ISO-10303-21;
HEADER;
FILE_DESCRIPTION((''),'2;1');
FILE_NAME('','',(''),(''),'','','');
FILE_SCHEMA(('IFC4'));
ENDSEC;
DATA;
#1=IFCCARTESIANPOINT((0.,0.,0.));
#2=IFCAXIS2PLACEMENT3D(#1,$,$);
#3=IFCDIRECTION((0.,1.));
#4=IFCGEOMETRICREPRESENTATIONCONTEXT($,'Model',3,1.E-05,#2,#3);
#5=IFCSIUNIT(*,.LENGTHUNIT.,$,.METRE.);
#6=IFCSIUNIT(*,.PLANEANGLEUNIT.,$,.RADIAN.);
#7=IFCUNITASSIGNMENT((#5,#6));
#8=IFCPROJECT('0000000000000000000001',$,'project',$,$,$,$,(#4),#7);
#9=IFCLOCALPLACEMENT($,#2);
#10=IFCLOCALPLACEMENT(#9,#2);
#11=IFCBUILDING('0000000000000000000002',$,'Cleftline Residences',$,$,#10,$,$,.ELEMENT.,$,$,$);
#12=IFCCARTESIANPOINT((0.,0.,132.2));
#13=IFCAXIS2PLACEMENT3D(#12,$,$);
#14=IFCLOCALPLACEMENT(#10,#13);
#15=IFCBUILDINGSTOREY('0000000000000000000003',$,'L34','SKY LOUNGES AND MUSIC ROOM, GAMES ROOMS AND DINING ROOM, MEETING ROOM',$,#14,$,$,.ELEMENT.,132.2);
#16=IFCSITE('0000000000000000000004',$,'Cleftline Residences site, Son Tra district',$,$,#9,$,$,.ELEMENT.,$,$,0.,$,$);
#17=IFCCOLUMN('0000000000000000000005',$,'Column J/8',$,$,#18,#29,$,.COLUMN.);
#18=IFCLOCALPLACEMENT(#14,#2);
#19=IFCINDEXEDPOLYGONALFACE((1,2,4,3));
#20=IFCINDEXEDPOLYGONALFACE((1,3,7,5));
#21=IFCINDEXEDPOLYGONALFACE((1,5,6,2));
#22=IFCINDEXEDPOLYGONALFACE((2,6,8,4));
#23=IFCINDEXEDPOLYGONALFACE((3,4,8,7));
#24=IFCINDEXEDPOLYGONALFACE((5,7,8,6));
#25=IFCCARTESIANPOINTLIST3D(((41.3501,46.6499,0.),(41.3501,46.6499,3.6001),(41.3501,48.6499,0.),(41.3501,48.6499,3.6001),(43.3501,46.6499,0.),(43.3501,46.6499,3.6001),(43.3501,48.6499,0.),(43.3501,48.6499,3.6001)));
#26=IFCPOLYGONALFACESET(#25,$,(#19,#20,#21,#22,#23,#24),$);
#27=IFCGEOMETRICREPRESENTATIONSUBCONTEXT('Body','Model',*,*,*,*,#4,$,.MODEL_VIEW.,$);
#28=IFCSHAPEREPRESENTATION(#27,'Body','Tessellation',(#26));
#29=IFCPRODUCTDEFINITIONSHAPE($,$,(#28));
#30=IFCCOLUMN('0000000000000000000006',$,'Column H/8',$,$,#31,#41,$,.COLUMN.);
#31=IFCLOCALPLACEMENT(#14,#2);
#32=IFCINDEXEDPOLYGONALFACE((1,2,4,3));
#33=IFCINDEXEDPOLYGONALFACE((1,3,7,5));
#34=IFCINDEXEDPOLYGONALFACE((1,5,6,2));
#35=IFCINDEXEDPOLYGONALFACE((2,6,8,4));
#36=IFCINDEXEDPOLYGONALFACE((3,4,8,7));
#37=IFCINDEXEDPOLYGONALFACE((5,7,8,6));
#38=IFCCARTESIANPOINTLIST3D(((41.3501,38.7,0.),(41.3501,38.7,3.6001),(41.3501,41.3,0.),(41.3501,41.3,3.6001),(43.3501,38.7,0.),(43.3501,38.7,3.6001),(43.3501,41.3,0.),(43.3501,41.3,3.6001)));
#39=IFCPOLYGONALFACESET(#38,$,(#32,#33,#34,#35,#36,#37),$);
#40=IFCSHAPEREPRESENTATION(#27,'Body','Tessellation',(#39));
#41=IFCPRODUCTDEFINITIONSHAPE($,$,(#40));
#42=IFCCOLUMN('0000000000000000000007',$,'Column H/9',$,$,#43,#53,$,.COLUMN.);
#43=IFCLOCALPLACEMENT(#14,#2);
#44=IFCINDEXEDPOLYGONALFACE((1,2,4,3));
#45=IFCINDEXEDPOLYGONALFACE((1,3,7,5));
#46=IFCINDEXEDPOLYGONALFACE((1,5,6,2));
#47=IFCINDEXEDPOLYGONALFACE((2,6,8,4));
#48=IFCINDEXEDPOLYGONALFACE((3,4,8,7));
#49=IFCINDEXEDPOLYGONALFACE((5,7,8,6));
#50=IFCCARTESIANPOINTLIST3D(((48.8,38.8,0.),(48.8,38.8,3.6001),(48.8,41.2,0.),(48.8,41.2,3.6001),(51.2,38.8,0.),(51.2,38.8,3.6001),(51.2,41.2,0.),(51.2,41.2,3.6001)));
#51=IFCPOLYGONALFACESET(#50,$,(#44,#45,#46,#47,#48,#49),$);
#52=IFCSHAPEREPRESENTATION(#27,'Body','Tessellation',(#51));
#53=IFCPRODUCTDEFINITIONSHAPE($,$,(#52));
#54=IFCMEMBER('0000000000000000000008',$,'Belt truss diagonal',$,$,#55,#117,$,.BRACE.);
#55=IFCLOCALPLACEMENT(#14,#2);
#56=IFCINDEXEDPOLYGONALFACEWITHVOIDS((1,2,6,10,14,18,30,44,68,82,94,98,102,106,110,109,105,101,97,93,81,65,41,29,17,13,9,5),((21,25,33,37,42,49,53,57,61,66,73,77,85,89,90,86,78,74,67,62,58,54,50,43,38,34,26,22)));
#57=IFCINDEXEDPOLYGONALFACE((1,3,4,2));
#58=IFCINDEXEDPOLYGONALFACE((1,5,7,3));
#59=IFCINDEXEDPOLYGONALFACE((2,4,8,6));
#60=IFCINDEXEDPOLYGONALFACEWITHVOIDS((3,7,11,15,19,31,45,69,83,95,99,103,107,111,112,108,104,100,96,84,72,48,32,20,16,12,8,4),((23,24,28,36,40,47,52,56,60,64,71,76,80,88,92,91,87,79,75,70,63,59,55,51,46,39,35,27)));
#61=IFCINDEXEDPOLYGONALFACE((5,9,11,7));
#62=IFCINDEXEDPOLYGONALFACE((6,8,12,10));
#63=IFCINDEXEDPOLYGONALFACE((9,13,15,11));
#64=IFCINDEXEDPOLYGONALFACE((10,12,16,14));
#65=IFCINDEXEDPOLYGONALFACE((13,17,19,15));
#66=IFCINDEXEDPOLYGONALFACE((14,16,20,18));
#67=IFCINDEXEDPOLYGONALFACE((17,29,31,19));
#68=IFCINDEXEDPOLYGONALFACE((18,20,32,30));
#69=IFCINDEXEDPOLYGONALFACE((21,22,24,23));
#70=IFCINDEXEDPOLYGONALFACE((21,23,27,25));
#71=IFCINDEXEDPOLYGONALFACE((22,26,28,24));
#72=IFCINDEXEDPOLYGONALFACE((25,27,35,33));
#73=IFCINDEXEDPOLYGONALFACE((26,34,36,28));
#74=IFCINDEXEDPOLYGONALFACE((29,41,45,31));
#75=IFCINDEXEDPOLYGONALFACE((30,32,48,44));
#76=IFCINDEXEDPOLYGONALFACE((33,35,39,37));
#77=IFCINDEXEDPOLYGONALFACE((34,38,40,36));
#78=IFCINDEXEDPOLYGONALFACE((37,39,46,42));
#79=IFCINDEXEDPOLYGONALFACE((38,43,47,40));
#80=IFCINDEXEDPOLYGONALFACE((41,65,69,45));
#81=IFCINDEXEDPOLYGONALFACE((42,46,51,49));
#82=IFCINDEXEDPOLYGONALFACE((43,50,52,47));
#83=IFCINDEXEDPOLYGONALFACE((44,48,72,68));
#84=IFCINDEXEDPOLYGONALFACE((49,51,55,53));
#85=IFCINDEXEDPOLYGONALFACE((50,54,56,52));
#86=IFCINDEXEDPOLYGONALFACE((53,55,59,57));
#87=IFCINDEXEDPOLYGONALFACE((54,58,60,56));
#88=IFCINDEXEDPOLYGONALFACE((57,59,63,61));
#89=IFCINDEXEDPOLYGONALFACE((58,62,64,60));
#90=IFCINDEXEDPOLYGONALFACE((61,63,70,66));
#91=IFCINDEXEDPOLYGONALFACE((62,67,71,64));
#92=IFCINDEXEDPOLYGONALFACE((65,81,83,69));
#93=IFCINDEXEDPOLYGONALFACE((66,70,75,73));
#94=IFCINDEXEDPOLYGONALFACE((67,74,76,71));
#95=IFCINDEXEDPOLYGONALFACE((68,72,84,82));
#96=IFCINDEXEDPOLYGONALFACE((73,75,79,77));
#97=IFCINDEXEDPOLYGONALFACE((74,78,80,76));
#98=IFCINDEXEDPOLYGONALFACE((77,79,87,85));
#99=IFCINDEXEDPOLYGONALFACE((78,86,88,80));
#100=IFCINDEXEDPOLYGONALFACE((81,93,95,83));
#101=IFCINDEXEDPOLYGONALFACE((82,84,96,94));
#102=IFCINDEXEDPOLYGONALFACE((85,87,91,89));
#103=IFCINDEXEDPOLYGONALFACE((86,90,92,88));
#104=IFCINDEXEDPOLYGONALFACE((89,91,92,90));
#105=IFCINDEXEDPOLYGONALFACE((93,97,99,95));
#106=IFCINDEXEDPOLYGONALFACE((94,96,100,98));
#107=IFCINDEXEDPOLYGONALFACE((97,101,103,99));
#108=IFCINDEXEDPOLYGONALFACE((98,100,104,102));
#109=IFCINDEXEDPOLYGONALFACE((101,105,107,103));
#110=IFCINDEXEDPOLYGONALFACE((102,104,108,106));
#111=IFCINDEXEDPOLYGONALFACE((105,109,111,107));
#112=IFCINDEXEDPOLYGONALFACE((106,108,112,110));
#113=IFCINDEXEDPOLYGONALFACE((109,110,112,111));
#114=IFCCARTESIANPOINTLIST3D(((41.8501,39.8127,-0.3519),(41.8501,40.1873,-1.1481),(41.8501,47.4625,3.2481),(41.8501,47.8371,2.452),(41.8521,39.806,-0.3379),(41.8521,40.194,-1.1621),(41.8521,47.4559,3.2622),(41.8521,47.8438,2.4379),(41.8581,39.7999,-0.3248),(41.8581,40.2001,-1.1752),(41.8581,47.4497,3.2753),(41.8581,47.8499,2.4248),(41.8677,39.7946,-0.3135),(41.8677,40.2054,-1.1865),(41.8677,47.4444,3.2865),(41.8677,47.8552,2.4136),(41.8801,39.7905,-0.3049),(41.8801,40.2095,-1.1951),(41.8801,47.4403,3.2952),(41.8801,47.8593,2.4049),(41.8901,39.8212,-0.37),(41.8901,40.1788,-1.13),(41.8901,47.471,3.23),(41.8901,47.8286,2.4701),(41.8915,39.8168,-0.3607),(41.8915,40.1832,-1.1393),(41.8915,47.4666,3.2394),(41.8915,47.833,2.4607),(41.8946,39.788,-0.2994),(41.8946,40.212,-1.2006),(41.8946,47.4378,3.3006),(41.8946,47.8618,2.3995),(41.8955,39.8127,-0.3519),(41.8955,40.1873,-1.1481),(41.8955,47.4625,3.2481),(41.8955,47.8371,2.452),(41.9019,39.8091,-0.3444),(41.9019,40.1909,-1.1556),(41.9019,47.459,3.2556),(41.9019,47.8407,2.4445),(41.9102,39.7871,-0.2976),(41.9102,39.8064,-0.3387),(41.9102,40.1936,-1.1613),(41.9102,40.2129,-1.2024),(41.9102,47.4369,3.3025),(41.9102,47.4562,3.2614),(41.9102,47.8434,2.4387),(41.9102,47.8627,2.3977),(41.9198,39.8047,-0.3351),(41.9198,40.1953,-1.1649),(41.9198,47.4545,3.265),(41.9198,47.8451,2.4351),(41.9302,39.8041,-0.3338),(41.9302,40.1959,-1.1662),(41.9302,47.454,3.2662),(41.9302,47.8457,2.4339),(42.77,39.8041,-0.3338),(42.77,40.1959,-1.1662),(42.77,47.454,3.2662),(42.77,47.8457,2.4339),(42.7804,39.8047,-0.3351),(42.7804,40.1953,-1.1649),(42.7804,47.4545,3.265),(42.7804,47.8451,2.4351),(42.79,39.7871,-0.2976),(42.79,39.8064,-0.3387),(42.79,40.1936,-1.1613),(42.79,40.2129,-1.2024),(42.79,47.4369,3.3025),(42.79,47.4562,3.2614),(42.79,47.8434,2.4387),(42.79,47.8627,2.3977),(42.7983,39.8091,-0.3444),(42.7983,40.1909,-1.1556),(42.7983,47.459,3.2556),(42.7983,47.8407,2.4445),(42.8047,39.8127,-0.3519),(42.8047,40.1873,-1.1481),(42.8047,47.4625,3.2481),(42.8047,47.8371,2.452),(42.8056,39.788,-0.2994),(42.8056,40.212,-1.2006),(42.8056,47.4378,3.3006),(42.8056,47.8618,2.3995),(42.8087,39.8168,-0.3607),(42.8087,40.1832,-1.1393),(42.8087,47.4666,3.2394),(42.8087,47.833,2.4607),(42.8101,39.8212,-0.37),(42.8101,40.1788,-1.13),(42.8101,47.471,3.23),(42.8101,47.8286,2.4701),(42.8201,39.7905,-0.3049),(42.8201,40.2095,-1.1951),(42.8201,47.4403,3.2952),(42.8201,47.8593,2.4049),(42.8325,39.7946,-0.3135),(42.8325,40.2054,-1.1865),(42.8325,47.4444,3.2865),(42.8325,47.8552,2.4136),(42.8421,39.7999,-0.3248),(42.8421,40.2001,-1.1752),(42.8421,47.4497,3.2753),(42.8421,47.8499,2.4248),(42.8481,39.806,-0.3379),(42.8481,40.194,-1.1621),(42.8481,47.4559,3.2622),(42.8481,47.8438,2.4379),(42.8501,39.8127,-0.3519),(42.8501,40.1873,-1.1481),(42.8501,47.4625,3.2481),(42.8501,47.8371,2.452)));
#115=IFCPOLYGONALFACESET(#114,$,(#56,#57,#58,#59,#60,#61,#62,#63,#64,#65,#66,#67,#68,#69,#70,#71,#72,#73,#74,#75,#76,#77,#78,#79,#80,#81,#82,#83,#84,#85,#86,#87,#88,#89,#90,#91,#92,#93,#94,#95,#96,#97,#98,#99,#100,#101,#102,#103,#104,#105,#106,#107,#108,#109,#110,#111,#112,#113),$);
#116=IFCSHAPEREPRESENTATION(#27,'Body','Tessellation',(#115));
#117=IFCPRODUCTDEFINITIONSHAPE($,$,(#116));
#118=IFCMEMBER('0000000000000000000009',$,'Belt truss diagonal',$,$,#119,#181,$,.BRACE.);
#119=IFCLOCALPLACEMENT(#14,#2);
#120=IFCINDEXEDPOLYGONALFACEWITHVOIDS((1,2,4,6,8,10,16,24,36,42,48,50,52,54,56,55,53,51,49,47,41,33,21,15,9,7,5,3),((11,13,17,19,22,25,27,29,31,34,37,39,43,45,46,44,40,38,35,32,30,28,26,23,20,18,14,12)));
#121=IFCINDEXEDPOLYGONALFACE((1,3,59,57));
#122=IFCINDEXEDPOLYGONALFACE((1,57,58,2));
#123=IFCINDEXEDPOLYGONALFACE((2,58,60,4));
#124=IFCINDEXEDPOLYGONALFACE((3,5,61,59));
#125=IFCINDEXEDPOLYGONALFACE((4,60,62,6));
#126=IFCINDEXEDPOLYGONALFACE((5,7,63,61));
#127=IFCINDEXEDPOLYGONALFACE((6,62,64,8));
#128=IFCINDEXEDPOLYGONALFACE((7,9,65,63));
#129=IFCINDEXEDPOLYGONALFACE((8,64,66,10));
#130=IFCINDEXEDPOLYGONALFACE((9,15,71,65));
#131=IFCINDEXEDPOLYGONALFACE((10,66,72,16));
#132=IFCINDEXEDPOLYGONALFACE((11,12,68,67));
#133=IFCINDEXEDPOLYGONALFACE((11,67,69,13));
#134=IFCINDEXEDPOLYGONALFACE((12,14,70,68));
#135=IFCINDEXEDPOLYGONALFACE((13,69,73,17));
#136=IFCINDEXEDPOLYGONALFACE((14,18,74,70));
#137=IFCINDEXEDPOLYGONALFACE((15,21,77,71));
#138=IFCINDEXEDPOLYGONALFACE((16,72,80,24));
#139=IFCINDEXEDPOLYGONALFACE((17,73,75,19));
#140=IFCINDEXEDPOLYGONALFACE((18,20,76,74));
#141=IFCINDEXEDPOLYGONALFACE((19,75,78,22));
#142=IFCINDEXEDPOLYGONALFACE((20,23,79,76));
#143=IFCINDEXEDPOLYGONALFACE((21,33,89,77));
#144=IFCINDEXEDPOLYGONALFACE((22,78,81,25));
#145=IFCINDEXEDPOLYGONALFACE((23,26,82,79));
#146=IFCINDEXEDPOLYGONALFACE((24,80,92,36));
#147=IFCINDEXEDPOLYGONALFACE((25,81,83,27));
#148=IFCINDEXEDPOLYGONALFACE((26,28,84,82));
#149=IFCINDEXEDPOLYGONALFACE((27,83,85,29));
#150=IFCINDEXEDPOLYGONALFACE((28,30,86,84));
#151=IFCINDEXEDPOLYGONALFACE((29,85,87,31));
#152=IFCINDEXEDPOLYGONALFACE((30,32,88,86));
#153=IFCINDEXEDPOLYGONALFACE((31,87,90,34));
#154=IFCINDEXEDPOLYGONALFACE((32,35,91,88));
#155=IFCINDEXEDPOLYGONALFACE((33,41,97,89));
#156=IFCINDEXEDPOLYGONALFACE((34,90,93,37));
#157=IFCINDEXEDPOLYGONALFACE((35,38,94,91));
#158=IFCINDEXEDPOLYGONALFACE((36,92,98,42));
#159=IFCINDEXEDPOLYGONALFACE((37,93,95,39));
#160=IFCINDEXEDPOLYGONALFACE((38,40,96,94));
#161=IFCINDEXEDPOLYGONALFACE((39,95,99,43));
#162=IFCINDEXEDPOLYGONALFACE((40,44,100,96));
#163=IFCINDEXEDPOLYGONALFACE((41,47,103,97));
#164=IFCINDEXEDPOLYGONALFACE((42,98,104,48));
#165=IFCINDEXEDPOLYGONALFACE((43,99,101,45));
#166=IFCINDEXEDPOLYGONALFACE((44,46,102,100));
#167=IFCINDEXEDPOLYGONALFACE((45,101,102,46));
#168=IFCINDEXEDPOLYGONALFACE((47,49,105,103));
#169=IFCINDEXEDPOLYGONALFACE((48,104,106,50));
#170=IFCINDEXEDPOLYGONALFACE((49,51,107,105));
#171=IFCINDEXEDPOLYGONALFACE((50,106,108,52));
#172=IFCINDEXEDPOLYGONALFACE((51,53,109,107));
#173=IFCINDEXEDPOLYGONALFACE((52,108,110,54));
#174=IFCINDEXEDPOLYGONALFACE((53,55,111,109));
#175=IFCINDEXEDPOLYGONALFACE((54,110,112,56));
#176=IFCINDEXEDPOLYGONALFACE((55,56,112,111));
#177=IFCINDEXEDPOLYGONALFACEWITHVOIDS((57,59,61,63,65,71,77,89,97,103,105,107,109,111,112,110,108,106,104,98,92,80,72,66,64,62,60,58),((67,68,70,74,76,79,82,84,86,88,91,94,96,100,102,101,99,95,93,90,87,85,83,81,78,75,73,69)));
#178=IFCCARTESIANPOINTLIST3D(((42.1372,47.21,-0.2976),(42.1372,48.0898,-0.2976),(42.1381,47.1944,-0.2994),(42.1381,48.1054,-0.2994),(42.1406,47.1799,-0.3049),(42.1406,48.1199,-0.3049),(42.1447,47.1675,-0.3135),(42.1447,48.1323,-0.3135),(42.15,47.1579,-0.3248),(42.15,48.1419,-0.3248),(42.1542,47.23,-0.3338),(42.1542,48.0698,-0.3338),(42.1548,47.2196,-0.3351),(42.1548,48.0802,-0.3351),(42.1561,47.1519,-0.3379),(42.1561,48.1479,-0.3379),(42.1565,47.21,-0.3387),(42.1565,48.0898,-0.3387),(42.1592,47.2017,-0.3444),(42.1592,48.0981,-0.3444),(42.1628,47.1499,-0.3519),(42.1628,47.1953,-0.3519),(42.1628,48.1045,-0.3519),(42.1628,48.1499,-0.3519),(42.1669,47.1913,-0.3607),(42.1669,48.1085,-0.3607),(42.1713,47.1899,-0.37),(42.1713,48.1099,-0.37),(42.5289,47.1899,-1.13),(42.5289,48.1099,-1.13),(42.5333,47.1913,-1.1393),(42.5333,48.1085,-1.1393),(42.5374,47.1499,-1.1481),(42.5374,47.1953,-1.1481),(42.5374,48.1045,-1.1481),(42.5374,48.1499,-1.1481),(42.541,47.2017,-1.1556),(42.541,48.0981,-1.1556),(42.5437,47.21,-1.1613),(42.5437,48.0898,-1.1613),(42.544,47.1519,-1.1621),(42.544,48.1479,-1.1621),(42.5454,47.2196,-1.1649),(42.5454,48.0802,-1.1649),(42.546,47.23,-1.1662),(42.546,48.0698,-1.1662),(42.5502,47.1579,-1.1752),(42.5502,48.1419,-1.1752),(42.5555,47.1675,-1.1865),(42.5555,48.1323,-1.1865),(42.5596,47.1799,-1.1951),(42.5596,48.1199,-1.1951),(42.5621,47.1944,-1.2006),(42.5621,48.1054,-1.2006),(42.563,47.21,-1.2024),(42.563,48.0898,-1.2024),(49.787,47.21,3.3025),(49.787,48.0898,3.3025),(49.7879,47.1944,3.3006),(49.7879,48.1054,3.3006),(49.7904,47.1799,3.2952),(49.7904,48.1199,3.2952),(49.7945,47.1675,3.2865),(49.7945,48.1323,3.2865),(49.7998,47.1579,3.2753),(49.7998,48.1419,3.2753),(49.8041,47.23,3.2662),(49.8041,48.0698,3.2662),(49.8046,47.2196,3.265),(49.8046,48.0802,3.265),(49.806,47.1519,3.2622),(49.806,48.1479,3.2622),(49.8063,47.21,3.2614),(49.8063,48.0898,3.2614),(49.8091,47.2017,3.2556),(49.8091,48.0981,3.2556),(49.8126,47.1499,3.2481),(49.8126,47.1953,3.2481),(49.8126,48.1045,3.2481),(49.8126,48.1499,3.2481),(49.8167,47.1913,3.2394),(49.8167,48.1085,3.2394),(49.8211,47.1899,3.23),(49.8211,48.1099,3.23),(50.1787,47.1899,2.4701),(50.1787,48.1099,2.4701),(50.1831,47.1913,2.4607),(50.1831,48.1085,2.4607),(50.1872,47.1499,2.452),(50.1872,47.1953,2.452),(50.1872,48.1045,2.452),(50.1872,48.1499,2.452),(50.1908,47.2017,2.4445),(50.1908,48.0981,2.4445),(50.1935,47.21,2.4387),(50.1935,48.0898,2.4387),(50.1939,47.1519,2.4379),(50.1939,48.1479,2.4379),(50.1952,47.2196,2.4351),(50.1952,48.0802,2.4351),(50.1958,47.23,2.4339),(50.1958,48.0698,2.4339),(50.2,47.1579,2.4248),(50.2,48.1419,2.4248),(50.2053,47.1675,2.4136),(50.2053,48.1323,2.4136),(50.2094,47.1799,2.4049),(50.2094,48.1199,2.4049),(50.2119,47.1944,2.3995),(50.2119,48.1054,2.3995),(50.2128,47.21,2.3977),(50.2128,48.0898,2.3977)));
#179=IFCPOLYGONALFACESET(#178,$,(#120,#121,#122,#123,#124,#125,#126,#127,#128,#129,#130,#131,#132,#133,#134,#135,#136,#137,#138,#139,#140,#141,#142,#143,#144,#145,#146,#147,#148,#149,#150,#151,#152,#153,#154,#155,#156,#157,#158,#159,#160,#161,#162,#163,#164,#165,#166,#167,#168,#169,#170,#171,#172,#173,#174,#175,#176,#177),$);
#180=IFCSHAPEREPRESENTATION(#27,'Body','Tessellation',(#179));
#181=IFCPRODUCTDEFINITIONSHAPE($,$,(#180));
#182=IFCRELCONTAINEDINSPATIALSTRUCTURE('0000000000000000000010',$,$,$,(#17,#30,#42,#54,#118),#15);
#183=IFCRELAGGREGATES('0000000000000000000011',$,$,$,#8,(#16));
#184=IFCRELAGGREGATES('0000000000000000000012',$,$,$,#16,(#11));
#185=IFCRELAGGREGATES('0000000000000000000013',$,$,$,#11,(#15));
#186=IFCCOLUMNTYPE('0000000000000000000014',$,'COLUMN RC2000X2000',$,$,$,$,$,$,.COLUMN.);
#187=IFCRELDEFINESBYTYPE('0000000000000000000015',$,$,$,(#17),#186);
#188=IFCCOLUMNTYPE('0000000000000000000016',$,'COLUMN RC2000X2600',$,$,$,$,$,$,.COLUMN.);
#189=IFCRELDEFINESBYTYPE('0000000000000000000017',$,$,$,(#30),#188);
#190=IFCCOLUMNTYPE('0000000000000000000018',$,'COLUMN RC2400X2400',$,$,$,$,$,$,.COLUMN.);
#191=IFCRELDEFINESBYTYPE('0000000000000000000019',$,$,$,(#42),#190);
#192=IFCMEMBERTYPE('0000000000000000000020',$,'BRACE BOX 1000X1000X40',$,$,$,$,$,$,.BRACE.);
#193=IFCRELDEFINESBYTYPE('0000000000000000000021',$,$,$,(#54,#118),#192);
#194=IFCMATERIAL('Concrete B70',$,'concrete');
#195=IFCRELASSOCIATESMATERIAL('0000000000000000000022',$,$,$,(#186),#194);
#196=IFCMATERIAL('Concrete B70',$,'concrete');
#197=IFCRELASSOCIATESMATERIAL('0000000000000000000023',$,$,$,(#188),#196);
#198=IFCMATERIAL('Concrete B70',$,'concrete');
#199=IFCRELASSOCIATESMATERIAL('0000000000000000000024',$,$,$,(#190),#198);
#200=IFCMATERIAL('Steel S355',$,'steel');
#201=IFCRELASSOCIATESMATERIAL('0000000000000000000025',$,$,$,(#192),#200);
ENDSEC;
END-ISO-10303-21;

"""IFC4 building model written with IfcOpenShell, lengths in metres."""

from ifc_helpers import new_model, si_unit, direction, frame, origin, origin_2d, place, context, subcontext, project, spatial, rectangle, hollow_rectangle, extrude, material, material_profile, profile_set, type_object, element, save


model = new_model("IFC4")

# Units and contexts
model_context = context("Model", 3, precision=1e-05, world=origin(), true_north=direction((0.0, 1.0)))
body_context = subcontext(model_context, "Body", "Model", "MODEL_VIEW")
ifc_project = project(units=[si_unit("LENGTHUNIT", "METRE"), si_unit("PLANEANGLEUNIT", "RADIAN")], contexts=[model_context])

# Site, building, storey
site_placement = place(None, origin())
site = spatial("IfcSite", under=ifc_project, at=site_placement, Name="Cleftline Residences site, Son Tra district", CompositionType="ELEMENT", RefElevation=0.0)
building_placement = place(site_placement, origin())
building = spatial("IfcBuilding", under=site, at=building_placement, Name="Cleftline Residences", CompositionType="ELEMENT")
storey_placement = place(building_placement, frame((0.0, 0.0, 132.2)))
storey = spatial("IfcBuildingStorey", under=building, at=storey_placement, Name="L34", Description="SKY LOUNGES AND MUSIC ROOM, GAMES ROOMS AND DINING ROOM, MEETING ROOM", CompositionType="ELEMENT", Elevation=132.2)

# Columns
ifc_material_1 = material(Name="Concrete B70", Category="concrete")
ifc_material_profile_1 = material_profile(ifc_material_1, rectangle(XDim=2.0, YDim=2.0, at=origin_2d()))
ifc_profile_set_1 = profile_set([ifc_material_profile_1], Name="Concrete B70")
column_type_1 = type_object("IfcColumnType", Name="COLUMN RC2000X2000", PredefinedType="COLUMN", material=ifc_profile_set_1)
column_1_placement = place(storey_placement, frame((42.3501, 47.6499, 0.0), z_axis=(0.0, 0.0, 1.0), x_axis=(1.0, 0.0, 0.0)))
element("IfcColumn", 1, at=column_1_placement, inside=storey, type_object=column_type_1, Name="Column J/8", PredefinedType="COLUMN", context=body_context, shape_type="SweptSolid", body=[
    extrude(rectangle(XDim=2.0, YDim=2.0, at=origin_2d()), origin(), (0.0, 0.0, 1.0), 3.6001),
])
ifc_material_2 = material(Name="Concrete B70", Category="concrete")
ifc_material_profile_2 = material_profile(ifc_material_2, rectangle(XDim=2.0, YDim=2.6001, at=origin_2d()))
ifc_profile_set_2 = profile_set([ifc_material_profile_2], Name="Concrete B70")
column_type_2 = type_object("IfcColumnType", Name="COLUMN RC2000X2600", PredefinedType="COLUMN", material=ifc_profile_set_2)
column_2_placement = place(storey_placement, frame((42.3501, 40.0, 0.0), z_axis=(0.0, 0.0, 1.0), x_axis=(1.0, 0.0, 0.0)))
element("IfcColumn", 2, at=column_2_placement, inside=storey, type_object=column_type_2, Name="Column H/8", PredefinedType="COLUMN", context=body_context, shape_type="SweptSolid", body=[
    extrude(rectangle(XDim=2.0, YDim=2.6001, at=origin_2d()), origin(), (0.0, 0.0, 1.0), 3.6001),
])
ifc_material_3 = material(Name="Concrete B70", Category="concrete")
ifc_material_profile_3 = material_profile(ifc_material_3, rectangle(XDim=2.3999, YDim=2.3999, at=origin_2d()))
ifc_profile_set_3 = profile_set([ifc_material_profile_3], Name="Concrete B70")
column_type_3 = type_object("IfcColumnType", Name="COLUMN RC2400X2400", PredefinedType="COLUMN", material=ifc_profile_set_3)
column_3_placement = place(storey_placement, frame((50.0, 40.0, 0.0), z_axis=(0.0, 0.0, 1.0), x_axis=(1.0, 0.0, 0.0)))
element("IfcColumn", 3, at=column_3_placement, inside=storey, type_object=column_type_3, Name="Column H/9", PredefinedType="COLUMN", context=body_context, shape_type="SweptSolid", body=[
    extrude(rectangle(XDim=2.3999, YDim=2.3999, at=origin_2d()), origin(), (0.0, 0.0, 1.0), 3.6001),
])

# Members
ifc_material_4 = material(Name="Steel S355", Category="steel")
ifc_material_profile_4 = material_profile(ifc_material_4, hollow_rectangle(XDim=1.0, YDim=1.0, WallThickness=0.04, InnerFilletRadius=0.04, OuterFilletRadius=0.0601, at=origin_2d()))
ifc_profile_set_4 = profile_set([ifc_material_profile_4], Name="Steel S355")
member_type_1 = type_object("IfcMemberType", Name="BRACE BOX 1000X1000X40", PredefinedType="BRACE", material=ifc_profile_set_4)
for number, where, z_axis, x_axis, name in (
    (4, (42.3501, 40.0, -0.75), (0.0, 0.904812, 0.425811), (0.0, -0.425811, 0.904812), "Belt truss diagonal"),
    (5, (42.3501, 47.6499, -0.75), (0.904812, 0.0, 0.425811), (-0.425811, 0.0, 0.904812), "Belt truss diagonal"),
):
    element("IfcMember", number, at=place(storey_placement, frame(where, z_axis=z_axis, x_axis=x_axis)), inside=storey, type_object=member_type_1, Name=name, PredefinedType="BRACE", context=body_context, shape_type="SweptSolid", body=[
        extrude(hollow_rectangle(XDim=1.0, YDim=1.0, WallThickness=0.04, InnerFilletRadius=0.04, OuterFilletRadius=0.0601, at=origin_2d()), origin(), (0.0, 0.0, 1.0), 8.4546),
    ])

save(model, "model.ifc")
